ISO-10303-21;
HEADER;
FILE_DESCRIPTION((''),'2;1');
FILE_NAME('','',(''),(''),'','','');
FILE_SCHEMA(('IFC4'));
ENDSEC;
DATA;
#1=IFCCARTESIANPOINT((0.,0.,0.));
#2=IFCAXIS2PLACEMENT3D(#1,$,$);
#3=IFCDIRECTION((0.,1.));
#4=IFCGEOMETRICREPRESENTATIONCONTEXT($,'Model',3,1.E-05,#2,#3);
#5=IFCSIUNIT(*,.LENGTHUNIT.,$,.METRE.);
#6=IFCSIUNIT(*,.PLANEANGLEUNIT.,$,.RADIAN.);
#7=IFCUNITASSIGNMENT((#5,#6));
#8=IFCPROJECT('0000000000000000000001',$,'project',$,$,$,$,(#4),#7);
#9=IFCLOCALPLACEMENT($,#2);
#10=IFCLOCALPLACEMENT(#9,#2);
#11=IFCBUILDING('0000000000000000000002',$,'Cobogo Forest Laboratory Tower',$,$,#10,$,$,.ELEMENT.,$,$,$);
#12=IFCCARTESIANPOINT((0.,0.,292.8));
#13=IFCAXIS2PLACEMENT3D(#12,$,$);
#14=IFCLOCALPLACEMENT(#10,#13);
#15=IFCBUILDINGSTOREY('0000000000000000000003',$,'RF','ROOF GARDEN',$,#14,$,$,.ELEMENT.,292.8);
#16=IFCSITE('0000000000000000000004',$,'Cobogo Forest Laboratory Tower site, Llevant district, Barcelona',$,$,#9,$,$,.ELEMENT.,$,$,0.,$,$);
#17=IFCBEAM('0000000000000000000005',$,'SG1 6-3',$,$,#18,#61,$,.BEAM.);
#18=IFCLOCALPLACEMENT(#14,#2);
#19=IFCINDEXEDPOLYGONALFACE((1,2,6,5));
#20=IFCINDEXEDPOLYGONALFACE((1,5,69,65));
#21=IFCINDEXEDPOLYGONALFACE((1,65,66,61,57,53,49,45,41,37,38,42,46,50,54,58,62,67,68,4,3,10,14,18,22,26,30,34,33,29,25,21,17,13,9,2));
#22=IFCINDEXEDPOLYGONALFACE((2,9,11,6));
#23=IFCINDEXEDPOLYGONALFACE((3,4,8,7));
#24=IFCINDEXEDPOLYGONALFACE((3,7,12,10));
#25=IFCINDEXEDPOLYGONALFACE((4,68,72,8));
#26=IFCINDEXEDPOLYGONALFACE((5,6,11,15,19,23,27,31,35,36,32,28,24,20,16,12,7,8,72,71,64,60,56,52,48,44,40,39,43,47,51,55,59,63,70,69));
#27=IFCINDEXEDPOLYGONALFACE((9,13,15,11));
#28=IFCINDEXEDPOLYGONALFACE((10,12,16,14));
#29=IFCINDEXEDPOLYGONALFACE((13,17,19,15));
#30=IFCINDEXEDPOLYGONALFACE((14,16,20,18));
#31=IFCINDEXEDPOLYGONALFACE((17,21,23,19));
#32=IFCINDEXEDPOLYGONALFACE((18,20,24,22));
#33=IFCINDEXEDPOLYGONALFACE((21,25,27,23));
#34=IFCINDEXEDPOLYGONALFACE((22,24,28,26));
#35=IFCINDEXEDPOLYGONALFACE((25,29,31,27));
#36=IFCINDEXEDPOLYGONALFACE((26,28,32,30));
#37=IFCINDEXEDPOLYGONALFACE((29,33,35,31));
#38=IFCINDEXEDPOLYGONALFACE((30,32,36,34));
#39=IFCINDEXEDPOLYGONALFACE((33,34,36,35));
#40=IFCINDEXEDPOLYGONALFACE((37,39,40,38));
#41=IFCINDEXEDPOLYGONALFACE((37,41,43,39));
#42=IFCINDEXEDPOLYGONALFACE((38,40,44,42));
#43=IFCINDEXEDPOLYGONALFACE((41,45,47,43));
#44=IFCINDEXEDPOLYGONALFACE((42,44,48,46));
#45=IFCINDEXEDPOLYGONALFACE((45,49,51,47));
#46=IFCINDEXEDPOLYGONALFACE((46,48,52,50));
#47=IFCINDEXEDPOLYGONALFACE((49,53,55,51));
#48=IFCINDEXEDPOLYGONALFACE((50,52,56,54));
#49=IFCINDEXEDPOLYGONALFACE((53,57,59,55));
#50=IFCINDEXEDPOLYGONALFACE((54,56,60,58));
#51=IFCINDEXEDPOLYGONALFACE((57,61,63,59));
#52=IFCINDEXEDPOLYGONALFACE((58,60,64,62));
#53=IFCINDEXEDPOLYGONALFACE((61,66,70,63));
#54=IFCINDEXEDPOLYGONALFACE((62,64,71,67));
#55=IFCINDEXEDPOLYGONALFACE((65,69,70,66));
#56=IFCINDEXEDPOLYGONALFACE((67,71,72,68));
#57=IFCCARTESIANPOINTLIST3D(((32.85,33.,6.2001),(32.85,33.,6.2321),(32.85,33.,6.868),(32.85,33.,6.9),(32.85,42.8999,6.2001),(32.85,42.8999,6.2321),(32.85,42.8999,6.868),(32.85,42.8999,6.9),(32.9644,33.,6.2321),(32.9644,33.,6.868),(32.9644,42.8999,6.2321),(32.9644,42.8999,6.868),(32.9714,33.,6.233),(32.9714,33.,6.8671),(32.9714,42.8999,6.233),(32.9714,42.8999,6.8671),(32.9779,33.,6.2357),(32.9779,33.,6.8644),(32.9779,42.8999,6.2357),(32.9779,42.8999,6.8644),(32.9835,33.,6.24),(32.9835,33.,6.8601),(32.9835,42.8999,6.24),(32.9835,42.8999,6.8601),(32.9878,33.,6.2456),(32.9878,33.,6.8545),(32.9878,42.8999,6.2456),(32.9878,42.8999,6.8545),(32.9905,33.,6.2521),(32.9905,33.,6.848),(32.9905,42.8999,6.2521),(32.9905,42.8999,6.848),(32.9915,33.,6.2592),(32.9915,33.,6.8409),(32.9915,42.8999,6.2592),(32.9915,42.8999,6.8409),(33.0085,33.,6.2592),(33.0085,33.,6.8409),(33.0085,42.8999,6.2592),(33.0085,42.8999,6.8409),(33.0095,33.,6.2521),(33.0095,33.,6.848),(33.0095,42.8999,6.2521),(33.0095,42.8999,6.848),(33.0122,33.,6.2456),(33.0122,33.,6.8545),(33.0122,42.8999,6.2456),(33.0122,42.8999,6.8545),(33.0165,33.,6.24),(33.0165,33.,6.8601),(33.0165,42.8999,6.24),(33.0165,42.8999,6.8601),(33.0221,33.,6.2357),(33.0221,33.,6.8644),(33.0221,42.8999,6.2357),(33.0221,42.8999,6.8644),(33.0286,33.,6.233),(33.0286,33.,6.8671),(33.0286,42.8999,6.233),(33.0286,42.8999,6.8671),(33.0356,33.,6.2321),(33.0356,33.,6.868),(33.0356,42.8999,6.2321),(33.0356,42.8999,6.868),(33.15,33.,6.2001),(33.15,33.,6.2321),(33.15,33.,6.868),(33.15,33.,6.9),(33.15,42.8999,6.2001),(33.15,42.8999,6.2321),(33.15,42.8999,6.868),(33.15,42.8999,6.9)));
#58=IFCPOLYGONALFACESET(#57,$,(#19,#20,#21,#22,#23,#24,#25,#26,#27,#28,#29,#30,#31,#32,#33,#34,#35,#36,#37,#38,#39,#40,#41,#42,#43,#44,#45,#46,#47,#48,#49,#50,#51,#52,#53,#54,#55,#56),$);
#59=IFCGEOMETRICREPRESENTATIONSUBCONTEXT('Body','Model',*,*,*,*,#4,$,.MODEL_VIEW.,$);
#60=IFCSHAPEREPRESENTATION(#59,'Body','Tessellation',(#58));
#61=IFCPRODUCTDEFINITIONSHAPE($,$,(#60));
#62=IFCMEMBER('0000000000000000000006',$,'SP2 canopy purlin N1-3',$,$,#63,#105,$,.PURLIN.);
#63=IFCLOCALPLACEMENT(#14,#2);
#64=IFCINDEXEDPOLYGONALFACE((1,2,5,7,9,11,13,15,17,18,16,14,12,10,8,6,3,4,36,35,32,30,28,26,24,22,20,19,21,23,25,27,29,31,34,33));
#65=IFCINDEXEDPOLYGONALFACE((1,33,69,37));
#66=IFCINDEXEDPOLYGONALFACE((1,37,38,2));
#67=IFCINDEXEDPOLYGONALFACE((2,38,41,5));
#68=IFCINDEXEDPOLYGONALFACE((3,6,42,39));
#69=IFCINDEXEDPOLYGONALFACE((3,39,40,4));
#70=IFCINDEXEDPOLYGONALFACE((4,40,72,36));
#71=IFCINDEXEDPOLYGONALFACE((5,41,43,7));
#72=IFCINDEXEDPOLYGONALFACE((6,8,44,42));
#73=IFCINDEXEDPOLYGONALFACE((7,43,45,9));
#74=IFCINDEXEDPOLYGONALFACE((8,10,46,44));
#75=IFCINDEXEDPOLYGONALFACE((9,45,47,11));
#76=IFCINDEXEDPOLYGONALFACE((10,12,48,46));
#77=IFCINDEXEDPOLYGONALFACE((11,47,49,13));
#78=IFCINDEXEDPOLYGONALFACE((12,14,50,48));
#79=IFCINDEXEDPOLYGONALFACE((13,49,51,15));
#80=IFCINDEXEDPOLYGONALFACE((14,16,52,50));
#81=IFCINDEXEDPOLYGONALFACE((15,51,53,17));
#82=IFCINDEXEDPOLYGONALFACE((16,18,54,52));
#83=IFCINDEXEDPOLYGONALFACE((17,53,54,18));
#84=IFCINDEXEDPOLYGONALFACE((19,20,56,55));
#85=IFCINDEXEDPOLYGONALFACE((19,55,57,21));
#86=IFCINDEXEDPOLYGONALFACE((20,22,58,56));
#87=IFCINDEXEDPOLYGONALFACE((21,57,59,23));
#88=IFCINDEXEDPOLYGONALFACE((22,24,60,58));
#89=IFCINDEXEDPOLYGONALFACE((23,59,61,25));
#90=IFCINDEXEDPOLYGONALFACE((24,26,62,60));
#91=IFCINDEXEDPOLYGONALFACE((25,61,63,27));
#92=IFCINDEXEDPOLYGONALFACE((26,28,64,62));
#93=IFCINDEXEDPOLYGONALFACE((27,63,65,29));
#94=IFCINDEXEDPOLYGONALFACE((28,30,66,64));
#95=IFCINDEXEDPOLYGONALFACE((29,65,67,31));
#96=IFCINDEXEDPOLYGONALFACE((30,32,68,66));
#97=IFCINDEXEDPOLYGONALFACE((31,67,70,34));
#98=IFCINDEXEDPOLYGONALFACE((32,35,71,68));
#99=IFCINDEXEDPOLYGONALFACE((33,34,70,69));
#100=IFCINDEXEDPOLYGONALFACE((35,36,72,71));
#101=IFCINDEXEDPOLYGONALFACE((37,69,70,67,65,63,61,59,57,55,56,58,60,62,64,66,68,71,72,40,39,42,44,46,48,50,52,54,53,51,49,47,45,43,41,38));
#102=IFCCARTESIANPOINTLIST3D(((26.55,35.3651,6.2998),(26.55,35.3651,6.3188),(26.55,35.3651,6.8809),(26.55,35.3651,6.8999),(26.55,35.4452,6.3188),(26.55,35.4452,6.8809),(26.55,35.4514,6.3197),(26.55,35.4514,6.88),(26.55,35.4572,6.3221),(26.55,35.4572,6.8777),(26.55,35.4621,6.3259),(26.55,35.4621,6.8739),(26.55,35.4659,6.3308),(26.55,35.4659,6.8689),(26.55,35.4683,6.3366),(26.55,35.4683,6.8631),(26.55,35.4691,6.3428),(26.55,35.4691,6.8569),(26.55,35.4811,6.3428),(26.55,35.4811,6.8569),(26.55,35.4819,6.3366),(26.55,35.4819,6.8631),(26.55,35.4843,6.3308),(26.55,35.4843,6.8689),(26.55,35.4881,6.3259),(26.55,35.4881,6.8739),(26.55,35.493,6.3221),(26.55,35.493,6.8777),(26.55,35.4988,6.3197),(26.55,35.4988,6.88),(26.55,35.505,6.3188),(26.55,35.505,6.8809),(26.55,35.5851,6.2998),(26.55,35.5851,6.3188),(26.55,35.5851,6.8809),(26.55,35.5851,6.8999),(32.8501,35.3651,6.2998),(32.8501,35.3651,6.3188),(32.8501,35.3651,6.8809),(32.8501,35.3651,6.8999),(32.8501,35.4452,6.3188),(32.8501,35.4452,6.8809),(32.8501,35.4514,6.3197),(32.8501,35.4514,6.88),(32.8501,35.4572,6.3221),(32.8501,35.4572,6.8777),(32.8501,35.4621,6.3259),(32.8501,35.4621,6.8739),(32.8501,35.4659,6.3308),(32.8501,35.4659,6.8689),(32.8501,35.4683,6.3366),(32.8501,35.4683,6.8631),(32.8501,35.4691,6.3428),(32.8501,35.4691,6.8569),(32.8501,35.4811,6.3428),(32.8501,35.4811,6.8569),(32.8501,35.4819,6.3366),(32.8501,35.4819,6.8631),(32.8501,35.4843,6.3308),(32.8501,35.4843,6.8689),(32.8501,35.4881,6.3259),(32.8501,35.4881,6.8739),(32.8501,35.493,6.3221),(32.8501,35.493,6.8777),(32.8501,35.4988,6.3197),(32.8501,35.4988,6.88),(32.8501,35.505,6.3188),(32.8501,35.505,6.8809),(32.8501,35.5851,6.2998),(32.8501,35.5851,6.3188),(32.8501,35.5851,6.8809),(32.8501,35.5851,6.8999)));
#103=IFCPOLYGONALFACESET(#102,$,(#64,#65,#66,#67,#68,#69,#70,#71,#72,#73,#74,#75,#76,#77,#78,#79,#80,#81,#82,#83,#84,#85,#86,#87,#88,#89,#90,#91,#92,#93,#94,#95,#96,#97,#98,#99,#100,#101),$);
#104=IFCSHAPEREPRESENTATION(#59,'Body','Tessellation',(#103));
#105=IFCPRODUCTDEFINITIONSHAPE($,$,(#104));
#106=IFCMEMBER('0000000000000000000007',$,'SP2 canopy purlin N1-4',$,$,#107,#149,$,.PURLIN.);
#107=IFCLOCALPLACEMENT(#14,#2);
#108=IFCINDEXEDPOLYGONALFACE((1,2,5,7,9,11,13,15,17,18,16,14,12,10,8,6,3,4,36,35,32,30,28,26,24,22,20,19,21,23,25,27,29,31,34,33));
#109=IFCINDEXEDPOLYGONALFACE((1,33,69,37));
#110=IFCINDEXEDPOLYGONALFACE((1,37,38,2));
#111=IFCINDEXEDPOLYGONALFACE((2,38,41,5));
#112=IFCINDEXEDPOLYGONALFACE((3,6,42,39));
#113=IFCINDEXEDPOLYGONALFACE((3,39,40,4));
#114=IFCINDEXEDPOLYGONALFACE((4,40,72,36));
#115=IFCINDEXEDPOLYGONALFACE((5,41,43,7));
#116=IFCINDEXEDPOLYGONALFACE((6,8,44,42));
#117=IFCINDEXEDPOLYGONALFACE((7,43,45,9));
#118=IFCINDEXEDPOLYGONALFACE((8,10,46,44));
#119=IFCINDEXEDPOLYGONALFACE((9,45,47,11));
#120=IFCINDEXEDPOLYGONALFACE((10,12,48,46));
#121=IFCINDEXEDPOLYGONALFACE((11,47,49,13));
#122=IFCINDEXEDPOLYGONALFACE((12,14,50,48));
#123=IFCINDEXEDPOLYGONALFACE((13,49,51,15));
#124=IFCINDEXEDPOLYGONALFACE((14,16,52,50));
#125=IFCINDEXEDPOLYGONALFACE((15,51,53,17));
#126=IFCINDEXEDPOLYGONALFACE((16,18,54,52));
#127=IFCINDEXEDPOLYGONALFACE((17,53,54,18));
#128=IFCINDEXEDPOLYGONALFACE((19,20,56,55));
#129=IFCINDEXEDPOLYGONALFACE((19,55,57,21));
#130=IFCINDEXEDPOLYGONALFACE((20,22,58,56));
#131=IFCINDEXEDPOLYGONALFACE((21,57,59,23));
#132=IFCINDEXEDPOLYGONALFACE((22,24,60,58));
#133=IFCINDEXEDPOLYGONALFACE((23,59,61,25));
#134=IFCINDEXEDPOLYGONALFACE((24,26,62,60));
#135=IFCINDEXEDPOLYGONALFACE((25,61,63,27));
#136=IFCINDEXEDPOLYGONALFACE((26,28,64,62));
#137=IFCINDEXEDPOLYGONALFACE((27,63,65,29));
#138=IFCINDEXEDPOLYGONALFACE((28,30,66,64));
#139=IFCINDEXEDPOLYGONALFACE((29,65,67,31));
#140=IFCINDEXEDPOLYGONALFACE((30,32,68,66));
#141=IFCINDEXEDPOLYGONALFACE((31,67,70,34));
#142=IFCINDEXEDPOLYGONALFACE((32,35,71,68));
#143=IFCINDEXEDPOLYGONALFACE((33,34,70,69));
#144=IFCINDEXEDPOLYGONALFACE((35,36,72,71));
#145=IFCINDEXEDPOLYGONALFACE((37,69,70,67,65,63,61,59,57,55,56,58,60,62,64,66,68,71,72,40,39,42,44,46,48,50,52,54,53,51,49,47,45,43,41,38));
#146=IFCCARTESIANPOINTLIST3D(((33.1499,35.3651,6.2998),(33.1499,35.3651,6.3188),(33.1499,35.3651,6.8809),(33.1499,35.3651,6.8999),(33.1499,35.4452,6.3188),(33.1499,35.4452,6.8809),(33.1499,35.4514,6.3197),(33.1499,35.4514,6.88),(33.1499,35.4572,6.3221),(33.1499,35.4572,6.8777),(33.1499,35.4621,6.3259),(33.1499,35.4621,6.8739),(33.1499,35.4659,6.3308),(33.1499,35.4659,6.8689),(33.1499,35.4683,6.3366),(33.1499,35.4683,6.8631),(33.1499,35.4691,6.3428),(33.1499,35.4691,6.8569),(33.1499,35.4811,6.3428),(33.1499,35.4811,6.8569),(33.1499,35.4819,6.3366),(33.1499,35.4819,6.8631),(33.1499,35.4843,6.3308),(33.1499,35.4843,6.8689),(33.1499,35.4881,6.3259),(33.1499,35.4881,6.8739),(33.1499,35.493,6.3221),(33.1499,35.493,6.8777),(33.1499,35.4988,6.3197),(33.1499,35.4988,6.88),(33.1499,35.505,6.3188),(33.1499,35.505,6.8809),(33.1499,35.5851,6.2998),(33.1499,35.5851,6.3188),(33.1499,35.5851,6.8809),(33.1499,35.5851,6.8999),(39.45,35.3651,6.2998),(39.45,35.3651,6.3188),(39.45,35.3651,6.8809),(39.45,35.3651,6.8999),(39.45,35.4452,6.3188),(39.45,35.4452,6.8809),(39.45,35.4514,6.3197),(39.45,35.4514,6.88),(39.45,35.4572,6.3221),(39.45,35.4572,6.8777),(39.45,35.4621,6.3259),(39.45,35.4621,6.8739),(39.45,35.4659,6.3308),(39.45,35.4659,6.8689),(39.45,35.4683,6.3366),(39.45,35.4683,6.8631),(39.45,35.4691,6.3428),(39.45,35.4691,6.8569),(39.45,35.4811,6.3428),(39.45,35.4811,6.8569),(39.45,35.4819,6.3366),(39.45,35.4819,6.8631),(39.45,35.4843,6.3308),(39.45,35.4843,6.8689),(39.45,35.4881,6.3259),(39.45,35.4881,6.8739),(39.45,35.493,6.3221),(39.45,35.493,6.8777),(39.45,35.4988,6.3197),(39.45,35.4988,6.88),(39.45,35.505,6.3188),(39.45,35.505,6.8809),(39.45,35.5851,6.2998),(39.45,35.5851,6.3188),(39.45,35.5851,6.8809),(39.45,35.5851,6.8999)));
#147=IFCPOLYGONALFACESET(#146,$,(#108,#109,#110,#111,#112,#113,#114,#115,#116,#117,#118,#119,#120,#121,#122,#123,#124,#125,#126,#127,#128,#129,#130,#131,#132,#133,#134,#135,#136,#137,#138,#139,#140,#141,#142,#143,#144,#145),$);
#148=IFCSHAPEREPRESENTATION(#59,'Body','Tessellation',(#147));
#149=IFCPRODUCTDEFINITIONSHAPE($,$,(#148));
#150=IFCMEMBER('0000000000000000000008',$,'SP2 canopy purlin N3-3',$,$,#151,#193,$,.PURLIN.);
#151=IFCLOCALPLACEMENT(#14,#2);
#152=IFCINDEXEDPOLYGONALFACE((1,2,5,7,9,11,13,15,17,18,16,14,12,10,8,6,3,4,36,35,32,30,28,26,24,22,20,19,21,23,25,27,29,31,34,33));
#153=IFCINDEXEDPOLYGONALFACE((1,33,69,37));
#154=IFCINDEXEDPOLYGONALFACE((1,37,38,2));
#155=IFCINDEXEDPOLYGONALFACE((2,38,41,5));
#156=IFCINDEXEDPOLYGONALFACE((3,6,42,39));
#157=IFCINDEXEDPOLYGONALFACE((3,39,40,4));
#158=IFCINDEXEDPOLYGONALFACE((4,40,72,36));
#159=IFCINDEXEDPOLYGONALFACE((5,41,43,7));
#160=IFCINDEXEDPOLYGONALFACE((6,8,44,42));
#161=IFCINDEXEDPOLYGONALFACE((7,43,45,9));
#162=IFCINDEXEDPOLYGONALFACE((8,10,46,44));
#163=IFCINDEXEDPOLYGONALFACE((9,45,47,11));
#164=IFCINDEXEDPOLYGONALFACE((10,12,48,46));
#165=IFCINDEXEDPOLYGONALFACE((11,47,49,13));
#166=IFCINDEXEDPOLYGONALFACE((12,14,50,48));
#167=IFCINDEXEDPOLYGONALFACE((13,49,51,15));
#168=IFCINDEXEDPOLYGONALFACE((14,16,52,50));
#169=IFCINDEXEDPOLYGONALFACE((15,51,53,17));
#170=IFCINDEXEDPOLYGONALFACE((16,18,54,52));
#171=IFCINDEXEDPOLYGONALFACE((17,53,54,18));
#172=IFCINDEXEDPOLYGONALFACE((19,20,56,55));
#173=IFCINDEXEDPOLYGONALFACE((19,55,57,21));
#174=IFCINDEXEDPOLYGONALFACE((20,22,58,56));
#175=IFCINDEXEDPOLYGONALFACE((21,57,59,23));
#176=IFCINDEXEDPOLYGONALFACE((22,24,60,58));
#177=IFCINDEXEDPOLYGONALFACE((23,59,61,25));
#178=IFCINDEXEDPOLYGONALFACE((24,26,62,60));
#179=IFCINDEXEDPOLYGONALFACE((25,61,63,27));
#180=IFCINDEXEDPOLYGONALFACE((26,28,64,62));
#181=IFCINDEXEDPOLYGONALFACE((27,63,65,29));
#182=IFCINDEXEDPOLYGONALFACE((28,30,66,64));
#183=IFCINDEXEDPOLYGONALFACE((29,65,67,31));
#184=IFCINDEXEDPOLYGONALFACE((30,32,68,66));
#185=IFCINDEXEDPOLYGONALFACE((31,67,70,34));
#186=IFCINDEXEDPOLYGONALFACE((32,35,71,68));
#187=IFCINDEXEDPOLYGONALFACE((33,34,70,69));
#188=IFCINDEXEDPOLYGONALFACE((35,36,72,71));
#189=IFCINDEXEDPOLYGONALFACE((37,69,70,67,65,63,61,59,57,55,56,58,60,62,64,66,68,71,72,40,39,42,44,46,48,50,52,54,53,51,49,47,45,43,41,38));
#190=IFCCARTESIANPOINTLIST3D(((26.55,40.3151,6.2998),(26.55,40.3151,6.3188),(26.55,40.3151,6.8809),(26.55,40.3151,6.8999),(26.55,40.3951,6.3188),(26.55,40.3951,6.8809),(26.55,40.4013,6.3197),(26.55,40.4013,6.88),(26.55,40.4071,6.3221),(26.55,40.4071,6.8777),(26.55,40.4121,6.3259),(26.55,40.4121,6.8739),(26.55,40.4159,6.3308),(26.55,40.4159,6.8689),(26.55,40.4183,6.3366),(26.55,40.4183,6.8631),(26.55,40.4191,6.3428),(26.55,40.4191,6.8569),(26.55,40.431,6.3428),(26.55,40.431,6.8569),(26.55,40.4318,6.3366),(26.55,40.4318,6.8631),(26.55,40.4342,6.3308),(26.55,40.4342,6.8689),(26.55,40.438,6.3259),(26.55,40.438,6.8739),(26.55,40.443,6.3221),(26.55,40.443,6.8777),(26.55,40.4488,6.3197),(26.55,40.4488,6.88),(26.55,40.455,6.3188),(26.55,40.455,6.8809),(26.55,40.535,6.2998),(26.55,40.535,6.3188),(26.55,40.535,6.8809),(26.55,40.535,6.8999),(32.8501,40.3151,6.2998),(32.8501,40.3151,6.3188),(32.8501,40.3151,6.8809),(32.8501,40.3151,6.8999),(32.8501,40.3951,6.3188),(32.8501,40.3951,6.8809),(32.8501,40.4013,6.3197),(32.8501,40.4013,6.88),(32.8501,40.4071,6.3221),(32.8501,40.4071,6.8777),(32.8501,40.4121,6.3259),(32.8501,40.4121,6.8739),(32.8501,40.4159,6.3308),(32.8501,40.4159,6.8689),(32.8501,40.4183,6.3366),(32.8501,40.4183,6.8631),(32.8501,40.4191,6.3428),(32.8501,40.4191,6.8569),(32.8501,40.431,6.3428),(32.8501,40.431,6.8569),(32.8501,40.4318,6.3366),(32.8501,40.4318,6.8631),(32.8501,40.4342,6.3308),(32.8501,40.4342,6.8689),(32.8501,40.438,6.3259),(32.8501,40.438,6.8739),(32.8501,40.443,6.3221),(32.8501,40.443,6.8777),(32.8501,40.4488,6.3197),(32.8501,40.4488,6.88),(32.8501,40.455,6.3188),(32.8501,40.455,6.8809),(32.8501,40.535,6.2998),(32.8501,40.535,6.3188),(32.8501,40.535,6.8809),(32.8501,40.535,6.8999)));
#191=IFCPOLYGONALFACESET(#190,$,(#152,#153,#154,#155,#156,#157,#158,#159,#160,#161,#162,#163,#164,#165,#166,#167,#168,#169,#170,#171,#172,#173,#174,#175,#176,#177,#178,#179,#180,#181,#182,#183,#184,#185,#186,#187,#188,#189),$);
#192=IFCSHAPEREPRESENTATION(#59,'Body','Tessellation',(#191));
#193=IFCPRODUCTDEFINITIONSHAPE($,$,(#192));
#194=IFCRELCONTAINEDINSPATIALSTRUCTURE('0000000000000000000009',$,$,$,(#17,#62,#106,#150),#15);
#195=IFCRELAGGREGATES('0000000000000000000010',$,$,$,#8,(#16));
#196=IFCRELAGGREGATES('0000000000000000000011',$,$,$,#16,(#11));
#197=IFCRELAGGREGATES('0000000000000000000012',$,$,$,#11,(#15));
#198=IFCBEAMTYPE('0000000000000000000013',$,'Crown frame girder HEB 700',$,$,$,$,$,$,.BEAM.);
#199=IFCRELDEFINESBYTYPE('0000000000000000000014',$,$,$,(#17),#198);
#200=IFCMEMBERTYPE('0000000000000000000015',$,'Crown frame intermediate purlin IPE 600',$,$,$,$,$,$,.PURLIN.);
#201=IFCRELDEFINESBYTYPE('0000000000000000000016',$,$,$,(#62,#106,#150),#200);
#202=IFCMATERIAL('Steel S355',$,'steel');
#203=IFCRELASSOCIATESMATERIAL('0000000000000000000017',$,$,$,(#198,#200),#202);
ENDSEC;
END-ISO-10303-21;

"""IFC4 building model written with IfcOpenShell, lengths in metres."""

from ifc_helpers import new_model, si_unit, direction, frame, origin, origin_2d, place, context, subcontext, project, spatial, i_section, extrude, material, material_profile, profile_set, type_object, element, save


model = new_model("IFC4")

# Units and contexts
model_context = context("Model", 3, precision=1e-05, world=origin(), true_north=direction((0.0, 1.0)))
body_context = subcontext(model_context, "Body", "Model", "MODEL_VIEW")
ifc_project = project(units=[si_unit("LENGTHUNIT", "METRE"), si_unit("PLANEANGLEUNIT", "RADIAN")], contexts=[model_context])

# Site, building, storey
site_placement = place(None, origin())
site = spatial("IfcSite", under=ifc_project, at=site_placement, Name="Cobogo Forest Laboratory Tower site, Llevant district, Barcelona", CompositionType="ELEMENT", RefElevation=0.0)
building_placement = place(site_placement, origin())
building = spatial("IfcBuilding", under=site, at=building_placement, Name="Cobogo Forest Laboratory Tower", CompositionType="ELEMENT")
storey_placement = place(building_placement, frame((0.0, 0.0, 292.8)))
storey = spatial("IfcBuildingStorey", under=building, at=storey_placement, Name="RF", Description="ROOF GARDEN", CompositionType="ELEMENT", Elevation=292.8)

# Shared definitions
ifc_material_1 = material(Name="Steel S355", Category="steel")

# Beam
ifc_material_profile_1 = material_profile(ifc_material_1, i_section(OverallWidth=0.3, OverallDepth=0.7, WebThickness=0.0171, FlangeThickness=0.032, FilletRadius=0.0271, at=origin_2d()), Name="HEB 700")
ifc_profile_set_1 = profile_set([ifc_material_profile_1], Name="Steel S355")
beam_type_1 = type_object("IfcBeamType", Name="Crown frame girder HEB 700", PredefinedType="BEAM", material=ifc_profile_set_1)
for number, where, z_axis, x_axis, name in (
    (1, (33.0, 33.0, 6.55), (0.0, 1.0, 0.0), (-1.0, 0.0, 0.0), "SG1 6-3"),
):
    element("IfcBeam", number, at=place(storey_placement, frame(where, z_axis=z_axis, x_axis=x_axis)), inside=storey, type_object=beam_type_1, Name=name, PredefinedType="BEAM", context=body_context, shape_type="SweptSolid", body=[
        extrude(i_section(OverallWidth=0.3, OverallDepth=0.7, WebThickness=0.0171, FlangeThickness=0.032, FilletRadius=0.0271, at=origin_2d()), origin(), (0.0, 0.0, 1.0), 9.8999),
    ])

# Members
ifc_material_profile_2 = material_profile(ifc_material_1, i_section(OverallWidth=0.22, OverallDepth=0.6001, WebThickness=0.012, FlangeThickness=0.019, FilletRadius=0.0239, at=origin_2d()), Name="IPE 600")
ifc_profile_set_2 = profile_set([ifc_material_profile_2], Name="Steel S355")
member_type = type_object("IfcMemberType", Name="Crown frame intermediate purlin IPE 600", PredefinedType="PURLIN", material=ifc_profile_set_2)
for number, where, z_axis, x_axis, name in (
    (2, (26.55, 35.4751, 6.5999), (1.0, 0.0, 0.0), (0.0, 1.0, 0.0), "SP2 canopy purlin N1-3"),
    (3, (33.1499, 35.4751, 6.5999), (1.0, 0.0, 0.0), (0.0, 1.0, 0.0), "SP2 canopy purlin N1-4"),
    (4, (26.55, 40.425, 6.5999), (1.0, 0.0, 0.0), (0.0, 1.0, 0.0), "SP2 canopy purlin N3-3"),
):
    element("IfcMember", number, at=place(storey_placement, frame(where, z_axis=z_axis, x_axis=x_axis)), inside=storey, type_object=member_type, Name=name, PredefinedType="PURLIN", context=body_context, shape_type="SweptSolid", body=[
        extrude(i_section(OverallWidth=0.22, OverallDepth=0.6001, WebThickness=0.012, FlangeThickness=0.019, FilletRadius=0.0239, at=origin_2d()), origin(), (0.0, 0.0, 1.0), 6.3),
    ])

save(model, "model.ifc")
